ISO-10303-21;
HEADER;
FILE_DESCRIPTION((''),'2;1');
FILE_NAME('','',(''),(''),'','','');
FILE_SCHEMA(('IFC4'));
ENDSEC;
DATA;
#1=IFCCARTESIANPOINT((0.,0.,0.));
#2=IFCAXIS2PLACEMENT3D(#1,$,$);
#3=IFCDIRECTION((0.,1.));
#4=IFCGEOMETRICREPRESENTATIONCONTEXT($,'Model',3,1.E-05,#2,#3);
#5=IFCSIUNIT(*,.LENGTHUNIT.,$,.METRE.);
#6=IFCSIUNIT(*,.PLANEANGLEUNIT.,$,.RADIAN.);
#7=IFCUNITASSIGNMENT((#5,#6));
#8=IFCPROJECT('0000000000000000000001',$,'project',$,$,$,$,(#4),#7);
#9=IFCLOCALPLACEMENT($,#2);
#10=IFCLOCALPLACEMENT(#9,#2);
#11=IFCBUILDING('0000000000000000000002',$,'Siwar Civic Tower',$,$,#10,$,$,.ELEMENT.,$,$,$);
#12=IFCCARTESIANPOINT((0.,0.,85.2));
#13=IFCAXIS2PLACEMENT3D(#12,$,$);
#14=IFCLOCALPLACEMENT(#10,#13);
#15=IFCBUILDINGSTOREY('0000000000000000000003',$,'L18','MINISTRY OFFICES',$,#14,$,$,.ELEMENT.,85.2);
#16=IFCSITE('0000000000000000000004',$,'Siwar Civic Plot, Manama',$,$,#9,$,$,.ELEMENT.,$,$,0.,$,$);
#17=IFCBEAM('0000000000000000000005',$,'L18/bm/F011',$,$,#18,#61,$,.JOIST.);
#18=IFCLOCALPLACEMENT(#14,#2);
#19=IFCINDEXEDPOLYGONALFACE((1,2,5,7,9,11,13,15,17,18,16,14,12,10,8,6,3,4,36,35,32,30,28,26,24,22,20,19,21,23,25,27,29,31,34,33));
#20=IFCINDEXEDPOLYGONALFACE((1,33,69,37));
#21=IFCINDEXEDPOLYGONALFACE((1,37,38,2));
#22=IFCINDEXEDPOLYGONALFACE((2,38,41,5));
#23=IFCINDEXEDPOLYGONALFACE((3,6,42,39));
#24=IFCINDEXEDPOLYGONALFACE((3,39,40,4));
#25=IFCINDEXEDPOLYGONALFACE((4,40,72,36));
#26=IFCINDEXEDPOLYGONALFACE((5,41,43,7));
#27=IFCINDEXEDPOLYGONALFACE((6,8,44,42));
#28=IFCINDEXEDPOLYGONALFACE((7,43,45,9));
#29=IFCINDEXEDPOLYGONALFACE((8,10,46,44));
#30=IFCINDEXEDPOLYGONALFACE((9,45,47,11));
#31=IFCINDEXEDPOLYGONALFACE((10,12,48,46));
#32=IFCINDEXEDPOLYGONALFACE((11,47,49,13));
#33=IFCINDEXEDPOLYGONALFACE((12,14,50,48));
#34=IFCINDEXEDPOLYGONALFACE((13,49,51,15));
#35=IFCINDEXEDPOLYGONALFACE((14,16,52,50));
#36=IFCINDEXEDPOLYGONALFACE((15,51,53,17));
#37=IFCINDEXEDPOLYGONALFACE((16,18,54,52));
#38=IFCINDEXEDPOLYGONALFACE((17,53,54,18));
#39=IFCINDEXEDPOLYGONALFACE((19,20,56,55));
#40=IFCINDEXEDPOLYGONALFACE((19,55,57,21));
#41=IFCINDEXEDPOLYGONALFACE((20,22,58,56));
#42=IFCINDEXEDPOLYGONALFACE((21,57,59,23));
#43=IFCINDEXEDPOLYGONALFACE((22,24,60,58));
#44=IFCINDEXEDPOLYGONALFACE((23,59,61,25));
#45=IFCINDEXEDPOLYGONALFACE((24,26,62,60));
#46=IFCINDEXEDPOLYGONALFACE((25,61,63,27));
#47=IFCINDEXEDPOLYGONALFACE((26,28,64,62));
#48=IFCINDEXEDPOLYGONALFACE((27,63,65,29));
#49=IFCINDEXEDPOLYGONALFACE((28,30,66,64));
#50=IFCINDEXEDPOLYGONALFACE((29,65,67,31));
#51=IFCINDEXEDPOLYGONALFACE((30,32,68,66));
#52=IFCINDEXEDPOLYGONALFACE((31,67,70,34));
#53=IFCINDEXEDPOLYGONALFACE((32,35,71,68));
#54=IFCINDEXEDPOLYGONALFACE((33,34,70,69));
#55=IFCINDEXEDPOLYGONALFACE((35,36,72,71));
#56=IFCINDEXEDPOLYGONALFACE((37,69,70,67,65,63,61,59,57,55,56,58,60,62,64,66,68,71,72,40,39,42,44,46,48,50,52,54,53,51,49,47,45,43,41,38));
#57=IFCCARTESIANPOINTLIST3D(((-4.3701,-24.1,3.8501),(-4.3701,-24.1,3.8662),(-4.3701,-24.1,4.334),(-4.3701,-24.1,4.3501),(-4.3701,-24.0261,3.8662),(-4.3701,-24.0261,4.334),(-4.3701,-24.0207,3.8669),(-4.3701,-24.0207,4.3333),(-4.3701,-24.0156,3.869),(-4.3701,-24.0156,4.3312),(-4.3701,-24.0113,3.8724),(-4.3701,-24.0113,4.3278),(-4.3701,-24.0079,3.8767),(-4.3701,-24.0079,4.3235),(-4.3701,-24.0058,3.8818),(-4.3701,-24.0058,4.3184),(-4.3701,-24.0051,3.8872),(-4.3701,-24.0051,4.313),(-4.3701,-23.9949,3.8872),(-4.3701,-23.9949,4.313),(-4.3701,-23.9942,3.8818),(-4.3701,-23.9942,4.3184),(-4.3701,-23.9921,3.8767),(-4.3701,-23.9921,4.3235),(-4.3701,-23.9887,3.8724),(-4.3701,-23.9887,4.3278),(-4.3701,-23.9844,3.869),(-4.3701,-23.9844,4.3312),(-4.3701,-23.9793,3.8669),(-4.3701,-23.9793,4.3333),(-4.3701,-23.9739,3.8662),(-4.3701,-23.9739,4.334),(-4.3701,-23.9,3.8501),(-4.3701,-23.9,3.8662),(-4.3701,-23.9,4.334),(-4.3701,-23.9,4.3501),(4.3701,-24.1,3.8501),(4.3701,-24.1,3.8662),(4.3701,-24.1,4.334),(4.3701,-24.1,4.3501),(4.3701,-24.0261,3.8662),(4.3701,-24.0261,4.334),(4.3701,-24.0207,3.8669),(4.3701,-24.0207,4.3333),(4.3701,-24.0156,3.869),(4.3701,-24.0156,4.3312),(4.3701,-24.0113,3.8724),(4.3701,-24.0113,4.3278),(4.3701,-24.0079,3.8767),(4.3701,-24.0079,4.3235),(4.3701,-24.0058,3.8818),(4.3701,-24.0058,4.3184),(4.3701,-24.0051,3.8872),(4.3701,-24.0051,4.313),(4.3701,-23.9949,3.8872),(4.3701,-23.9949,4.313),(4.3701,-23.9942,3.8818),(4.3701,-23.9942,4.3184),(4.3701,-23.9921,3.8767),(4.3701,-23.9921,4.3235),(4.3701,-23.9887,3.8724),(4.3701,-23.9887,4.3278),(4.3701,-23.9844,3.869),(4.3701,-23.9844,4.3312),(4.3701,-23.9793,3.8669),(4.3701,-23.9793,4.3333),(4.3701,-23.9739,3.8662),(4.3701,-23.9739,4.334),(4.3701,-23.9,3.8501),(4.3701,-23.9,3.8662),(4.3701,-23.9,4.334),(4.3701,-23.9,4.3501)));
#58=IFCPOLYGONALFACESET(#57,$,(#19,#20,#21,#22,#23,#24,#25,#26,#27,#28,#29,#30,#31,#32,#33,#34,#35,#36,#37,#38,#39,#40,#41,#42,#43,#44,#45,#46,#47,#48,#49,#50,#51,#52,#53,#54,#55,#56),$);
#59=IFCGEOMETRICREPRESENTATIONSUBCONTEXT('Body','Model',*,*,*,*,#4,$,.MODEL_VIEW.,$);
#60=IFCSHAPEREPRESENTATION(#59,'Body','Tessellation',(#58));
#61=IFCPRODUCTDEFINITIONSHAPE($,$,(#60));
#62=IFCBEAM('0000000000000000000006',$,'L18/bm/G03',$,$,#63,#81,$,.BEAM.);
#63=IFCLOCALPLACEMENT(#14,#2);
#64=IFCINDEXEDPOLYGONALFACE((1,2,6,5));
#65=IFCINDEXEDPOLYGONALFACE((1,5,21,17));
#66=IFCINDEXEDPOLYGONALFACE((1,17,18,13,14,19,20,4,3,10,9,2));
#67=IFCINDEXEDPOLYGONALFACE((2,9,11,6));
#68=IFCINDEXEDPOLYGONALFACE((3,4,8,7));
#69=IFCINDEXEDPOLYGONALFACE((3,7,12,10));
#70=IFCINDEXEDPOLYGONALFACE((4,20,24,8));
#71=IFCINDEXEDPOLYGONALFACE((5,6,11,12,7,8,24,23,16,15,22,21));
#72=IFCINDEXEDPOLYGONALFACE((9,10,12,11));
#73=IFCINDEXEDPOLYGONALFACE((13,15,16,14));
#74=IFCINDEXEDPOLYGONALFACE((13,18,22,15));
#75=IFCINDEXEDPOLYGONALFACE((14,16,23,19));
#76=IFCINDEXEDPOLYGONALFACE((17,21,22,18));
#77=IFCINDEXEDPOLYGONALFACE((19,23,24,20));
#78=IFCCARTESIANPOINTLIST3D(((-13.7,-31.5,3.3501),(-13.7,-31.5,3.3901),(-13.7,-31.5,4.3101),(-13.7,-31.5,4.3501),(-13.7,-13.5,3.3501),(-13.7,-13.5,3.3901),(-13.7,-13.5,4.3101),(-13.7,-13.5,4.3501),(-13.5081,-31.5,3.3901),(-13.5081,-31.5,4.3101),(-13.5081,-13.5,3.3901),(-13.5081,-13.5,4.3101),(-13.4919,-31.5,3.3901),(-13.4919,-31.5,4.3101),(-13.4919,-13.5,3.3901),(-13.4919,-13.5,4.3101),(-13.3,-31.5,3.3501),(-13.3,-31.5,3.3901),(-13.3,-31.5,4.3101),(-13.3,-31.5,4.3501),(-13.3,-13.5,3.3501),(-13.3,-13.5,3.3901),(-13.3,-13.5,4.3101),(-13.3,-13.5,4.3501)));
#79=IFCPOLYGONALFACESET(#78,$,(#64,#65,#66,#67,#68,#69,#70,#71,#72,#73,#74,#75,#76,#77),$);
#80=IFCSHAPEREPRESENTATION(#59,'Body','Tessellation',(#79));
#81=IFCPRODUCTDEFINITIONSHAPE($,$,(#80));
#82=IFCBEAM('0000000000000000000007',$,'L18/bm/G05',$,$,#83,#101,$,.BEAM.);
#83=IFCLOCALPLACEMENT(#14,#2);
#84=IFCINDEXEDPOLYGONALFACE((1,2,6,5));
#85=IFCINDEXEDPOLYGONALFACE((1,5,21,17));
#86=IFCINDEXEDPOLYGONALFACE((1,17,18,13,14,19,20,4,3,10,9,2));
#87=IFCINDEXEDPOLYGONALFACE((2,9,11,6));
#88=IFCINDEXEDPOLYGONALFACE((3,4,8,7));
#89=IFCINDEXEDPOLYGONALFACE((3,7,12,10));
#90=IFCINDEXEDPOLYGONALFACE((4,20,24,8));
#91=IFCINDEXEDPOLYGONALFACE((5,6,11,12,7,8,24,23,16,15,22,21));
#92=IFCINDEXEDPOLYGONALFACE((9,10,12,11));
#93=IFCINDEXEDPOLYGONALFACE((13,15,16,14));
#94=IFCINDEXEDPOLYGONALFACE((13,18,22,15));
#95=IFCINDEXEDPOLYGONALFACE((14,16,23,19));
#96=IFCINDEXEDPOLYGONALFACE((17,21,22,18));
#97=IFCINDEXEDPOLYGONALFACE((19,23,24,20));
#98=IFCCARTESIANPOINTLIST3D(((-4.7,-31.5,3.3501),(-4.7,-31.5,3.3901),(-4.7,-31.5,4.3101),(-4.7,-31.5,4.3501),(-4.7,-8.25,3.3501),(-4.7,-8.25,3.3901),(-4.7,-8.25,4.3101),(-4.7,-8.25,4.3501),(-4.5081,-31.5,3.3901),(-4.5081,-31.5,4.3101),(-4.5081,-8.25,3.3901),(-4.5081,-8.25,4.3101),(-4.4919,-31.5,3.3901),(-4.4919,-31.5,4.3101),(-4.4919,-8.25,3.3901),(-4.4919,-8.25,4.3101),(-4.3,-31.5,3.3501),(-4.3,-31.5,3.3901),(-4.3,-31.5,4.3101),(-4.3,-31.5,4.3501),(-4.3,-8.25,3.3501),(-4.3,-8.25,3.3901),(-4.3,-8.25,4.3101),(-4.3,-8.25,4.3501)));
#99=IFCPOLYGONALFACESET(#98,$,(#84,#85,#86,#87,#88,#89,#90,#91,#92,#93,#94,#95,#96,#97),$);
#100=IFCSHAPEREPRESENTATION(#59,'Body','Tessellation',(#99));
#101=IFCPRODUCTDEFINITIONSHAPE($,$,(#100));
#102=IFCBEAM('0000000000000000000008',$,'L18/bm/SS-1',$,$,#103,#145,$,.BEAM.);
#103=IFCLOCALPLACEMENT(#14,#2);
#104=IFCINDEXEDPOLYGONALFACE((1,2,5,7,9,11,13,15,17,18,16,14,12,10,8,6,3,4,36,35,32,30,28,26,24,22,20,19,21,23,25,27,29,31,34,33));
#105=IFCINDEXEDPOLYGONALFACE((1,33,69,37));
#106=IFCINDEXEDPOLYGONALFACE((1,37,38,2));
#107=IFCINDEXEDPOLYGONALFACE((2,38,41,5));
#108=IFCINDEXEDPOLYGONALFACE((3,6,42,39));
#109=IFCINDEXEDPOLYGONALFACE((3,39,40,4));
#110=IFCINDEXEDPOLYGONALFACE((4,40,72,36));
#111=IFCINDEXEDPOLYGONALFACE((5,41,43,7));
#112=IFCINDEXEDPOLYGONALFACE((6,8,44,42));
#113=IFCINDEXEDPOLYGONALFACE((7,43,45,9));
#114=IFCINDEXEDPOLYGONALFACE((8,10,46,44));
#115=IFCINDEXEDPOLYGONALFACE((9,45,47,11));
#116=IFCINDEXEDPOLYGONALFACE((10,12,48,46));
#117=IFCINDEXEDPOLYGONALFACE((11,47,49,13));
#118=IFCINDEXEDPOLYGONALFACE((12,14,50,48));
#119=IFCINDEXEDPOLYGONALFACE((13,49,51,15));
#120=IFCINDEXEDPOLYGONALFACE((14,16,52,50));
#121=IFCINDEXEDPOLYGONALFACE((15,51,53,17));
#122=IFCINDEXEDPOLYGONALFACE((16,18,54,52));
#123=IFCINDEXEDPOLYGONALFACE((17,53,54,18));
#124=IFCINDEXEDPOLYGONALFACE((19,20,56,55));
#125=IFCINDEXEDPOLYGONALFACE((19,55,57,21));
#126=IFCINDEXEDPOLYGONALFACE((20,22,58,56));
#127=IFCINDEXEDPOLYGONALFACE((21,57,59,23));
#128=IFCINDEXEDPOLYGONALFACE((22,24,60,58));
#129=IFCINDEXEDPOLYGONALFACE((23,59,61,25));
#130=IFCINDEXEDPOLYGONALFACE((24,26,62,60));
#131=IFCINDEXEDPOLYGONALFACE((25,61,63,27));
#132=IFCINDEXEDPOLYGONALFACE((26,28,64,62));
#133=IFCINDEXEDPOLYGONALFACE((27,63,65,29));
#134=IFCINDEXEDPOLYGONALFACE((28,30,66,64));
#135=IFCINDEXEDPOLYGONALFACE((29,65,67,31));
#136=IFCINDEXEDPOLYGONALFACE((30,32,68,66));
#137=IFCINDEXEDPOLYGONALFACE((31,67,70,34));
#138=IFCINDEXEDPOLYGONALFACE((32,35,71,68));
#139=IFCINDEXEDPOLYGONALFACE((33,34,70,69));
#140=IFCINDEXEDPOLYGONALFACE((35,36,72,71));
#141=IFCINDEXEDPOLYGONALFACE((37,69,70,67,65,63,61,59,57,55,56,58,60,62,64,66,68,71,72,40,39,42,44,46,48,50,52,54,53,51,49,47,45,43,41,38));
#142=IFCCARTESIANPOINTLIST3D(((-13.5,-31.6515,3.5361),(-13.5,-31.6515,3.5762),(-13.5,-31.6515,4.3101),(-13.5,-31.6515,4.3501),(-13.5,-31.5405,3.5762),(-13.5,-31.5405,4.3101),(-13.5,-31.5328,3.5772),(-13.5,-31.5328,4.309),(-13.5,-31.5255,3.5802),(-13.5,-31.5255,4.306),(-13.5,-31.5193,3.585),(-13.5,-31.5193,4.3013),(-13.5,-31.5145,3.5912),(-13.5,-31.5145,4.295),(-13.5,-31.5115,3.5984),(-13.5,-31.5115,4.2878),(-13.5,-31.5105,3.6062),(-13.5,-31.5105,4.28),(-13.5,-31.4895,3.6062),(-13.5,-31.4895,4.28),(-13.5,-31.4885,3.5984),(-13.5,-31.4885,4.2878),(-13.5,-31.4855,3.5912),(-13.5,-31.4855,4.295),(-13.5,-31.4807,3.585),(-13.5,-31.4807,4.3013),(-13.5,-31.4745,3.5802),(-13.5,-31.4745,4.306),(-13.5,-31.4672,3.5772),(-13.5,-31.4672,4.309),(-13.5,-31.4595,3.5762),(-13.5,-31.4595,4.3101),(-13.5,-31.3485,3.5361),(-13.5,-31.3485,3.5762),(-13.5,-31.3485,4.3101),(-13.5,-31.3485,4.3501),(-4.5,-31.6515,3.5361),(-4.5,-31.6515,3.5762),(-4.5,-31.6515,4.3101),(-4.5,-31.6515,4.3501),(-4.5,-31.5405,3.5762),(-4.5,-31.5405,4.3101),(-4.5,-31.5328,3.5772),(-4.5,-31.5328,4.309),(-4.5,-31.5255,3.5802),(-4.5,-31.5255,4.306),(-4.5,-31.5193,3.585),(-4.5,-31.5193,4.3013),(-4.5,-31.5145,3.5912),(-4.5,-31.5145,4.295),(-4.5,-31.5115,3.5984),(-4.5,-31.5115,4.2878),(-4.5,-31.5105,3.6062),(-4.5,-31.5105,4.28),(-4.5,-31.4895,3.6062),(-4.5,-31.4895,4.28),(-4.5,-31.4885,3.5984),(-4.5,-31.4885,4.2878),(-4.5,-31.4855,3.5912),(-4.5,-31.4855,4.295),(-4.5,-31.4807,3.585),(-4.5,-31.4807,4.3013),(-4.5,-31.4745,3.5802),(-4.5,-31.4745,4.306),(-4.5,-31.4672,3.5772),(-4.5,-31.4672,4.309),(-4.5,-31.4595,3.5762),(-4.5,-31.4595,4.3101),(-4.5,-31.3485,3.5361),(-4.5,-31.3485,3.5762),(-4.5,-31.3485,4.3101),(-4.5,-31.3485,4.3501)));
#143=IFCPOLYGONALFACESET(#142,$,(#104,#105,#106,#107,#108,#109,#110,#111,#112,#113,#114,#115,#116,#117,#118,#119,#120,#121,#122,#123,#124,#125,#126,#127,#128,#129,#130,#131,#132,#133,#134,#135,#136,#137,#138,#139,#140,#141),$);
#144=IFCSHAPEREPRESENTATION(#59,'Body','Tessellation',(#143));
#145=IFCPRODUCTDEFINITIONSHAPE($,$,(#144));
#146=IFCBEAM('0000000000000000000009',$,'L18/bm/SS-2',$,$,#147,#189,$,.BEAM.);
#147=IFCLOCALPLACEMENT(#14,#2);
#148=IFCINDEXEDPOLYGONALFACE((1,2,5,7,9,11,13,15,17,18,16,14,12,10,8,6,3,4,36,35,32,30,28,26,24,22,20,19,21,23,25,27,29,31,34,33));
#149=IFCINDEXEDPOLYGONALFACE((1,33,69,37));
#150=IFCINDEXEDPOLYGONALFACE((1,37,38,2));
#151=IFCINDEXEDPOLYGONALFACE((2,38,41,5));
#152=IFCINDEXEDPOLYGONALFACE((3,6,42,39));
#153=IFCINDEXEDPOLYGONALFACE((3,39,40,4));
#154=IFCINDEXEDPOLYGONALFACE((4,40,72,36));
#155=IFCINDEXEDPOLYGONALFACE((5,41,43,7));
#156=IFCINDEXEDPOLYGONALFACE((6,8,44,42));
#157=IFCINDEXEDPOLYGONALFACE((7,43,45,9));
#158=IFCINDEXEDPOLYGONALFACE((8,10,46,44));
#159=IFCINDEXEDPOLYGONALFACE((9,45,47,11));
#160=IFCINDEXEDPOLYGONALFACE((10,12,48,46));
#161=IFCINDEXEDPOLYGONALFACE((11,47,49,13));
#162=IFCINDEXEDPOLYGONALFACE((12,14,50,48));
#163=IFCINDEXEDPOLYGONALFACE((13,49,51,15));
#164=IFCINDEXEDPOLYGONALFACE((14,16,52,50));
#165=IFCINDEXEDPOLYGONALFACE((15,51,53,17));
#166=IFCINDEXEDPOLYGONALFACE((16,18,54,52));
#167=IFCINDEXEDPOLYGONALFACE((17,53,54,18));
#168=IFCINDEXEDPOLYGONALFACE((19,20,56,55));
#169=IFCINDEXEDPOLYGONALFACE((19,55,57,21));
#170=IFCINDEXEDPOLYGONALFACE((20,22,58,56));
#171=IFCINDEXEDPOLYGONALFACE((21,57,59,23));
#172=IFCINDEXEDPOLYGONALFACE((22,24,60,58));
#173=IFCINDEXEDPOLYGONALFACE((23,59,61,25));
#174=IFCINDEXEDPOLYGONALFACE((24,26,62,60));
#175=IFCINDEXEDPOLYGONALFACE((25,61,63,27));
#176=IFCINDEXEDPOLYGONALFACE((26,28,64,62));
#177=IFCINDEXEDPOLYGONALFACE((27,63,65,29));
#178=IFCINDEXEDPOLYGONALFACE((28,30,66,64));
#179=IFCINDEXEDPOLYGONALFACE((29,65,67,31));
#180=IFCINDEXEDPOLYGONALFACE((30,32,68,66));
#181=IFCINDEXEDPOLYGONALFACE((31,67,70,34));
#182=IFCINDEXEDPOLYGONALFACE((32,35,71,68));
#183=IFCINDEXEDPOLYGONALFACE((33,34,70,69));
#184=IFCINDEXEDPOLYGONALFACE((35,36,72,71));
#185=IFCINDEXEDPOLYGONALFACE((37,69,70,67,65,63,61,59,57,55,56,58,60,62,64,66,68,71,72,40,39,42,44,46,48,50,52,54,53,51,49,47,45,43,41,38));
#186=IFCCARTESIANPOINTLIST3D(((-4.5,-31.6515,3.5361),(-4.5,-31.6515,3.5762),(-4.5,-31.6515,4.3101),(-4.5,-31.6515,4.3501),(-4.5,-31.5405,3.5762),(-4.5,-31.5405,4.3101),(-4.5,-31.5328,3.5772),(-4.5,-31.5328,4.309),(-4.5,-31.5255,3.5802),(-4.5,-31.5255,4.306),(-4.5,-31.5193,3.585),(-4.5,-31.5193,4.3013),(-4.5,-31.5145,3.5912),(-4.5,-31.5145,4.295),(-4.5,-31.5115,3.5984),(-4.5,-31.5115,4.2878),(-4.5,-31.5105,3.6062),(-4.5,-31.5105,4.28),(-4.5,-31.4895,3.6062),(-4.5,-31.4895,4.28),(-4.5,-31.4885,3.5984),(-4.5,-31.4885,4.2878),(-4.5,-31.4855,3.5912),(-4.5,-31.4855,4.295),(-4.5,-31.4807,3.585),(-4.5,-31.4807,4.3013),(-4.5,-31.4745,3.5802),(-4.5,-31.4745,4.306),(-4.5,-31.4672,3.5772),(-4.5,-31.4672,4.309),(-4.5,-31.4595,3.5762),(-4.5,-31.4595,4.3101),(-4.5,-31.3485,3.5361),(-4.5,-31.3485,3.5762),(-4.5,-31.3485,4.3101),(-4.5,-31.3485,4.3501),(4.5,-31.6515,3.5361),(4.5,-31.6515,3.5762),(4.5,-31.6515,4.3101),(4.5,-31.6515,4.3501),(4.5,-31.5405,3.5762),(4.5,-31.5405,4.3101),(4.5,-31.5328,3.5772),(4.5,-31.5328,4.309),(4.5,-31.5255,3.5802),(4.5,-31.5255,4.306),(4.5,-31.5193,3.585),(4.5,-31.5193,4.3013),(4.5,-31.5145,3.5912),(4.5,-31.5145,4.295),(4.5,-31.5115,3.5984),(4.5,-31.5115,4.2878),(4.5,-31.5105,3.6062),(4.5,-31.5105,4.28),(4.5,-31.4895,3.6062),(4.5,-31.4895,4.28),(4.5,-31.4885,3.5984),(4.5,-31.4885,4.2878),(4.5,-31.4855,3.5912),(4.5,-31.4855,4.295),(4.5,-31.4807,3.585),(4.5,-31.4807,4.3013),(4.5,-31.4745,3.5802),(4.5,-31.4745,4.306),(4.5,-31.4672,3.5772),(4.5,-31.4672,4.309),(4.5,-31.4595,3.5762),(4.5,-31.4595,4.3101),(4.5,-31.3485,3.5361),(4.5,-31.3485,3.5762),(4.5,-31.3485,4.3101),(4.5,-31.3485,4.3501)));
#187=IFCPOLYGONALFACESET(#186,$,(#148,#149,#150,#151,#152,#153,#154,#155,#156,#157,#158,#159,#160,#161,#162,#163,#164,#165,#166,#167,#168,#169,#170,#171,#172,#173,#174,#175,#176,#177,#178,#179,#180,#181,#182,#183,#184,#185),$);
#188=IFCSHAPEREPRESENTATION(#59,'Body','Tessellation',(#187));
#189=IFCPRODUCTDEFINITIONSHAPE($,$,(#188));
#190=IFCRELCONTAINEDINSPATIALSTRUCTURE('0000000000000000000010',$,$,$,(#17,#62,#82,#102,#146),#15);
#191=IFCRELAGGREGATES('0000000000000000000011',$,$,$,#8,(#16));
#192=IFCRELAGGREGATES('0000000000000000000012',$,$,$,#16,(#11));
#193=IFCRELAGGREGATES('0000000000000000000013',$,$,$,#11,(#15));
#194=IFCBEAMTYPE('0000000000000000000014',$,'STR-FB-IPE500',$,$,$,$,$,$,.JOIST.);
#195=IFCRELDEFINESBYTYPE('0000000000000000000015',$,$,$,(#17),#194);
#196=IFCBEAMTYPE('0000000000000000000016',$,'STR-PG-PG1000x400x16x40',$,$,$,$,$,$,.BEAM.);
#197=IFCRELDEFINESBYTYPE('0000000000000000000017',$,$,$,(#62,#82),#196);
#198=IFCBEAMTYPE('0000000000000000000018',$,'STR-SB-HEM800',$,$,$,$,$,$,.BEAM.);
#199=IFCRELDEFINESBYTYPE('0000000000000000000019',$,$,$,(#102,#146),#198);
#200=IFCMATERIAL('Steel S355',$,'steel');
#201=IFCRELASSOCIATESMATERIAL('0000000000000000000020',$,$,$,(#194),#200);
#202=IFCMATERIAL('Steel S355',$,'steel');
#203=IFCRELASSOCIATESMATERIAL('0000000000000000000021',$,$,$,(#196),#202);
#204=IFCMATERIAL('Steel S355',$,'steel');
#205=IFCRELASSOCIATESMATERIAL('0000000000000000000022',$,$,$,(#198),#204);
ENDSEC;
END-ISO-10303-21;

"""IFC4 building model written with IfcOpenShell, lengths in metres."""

from ifc_helpers import new_model, si_unit, direction, frame, origin, origin_2d, place, context, subcontext, project, spatial, i_section, extrude, material, material_profile, profile_set, type_object, element, save


model = new_model("IFC4")

# Units and contexts
model_context = context("Model", 3, precision=1e-05, world=origin(), true_north=direction((0.0, 1.0)))
body_context = subcontext(model_context, "Body", "Model", "MODEL_VIEW")
ifc_project = project(units=[si_unit("LENGTHUNIT", "METRE"), si_unit("PLANEANGLEUNIT", "RADIAN")], contexts=[model_context])

# Site, building, storey
site_placement = place(None, origin())
site = spatial("IfcSite", under=ifc_project, at=site_placement, Name="Siwar Civic Plot, Manama", CompositionType="ELEMENT", RefElevation=0.0)
building_placement = place(site_placement, origin())
building = spatial("IfcBuilding", under=site, at=building_placement, Name="Siwar Civic Tower", CompositionType="ELEMENT")
storey_placement = place(building_placement, frame((0.0, 0.0, 85.2)))
storey = spatial("IfcBuildingStorey", under=building, at=storey_placement, Name="L18", Description="MINISTRY OFFICES", CompositionType="ELEMENT", Elevation=85.2)

# Beams
ifc_material_1 = material(Name="Steel S355", Category="steel")
ifc_material_profile_1 = material_profile(ifc_material_1, i_section(OverallWidth=0.2, OverallDepth=0.5, WebThickness=0.0103, FlangeThickness=0.0161, FilletRadius=0.021, at=origin_2d()), Name="IPE500")
ifc_profile_set_1 = profile_set([ifc_material_profile_1], Name="Steel S355")
beam_type_1 = type_object("IfcBeamType", Name="STR-FB-IPE500", PredefinedType="JOIST", material=ifc_profile_set_1)
for number, where, z_axis, x_axis, name in (
    (1, (-4.3701, -24.0, 4.1001), (1.0, 0.0, 0.0), (0.0, 1.0, 0.0), "L18/bm/F011"),
):
    element("IfcBeam", number, at=place(storey_placement, frame(where, z_axis=z_axis, x_axis=x_axis)), inside=storey, type_object=beam_type_1, Name=name, PredefinedType="JOIST", context=body_context, shape_type="SweptSolid", body=[
        extrude(i_section(OverallWidth=0.2, OverallDepth=0.5, WebThickness=0.0103, FlangeThickness=0.0161, FilletRadius=0.021, at=origin_2d()), origin(), (0.0, 0.0, 1.0), 8.7402),
    ])
ifc_material_2 = material(Name="Steel S355", Category="steel")
ifc_material_profile_2 = material_profile(ifc_material_2, i_section(OverallWidth=0.3999, OverallDepth=1.0, WebThickness=0.0161, FlangeThickness=0.04, at=origin_2d()), Name="PG1000x400x16x40")
ifc_profile_set_2 = profile_set([ifc_material_profile_2], Name="Steel S355")
beam_type_2 = type_object("IfcBeamType", Name="STR-PG-PG1000x400x16x40", PredefinedType="BEAM", material=ifc_profile_set_2)
beam_1_placement = place(storey_placement, frame((-13.5, -31.5, 3.8501), z_axis=(0.0, 1.0, 0.0), x_axis=(-1.0, 0.0, 0.0)))
element("IfcBeam", 2, at=beam_1_placement, inside=storey, type_object=beam_type_2, Name="L18/bm/G03", PredefinedType="BEAM", context=body_context, shape_type="SweptSolid", body=[
    extrude(i_section(OverallWidth=0.3999, OverallDepth=1.0, WebThickness=0.0161, FlangeThickness=0.04, at=origin_2d()), origin(), (0.0, 0.0, 1.0), 18.0),
])
beam_2_placement = place(storey_placement, frame((-4.5, -31.5, 3.8501), z_axis=(0.0, 1.0, 0.0), x_axis=(-1.0, 0.0, 0.0)))
element("IfcBeam", 3, at=beam_2_placement, inside=storey, type_object=beam_type_2, Name="L18/bm/G05", PredefinedType="BEAM", context=body_context, shape_type="SweptSolid", body=[
    extrude(i_section(OverallWidth=0.3999, OverallDepth=1.0, WebThickness=0.0161, FlangeThickness=0.04, at=origin_2d()), origin(), (0.0, 0.0, 1.0), 23.25),
])
ifc_material_3 = material(Name="Steel S355", Category="steel")
ifc_material_profile_3 = material_profile(ifc_material_3, i_section(OverallWidth=0.303, OverallDepth=0.814, WebThickness=0.021, FlangeThickness=0.04, FilletRadius=0.03, at=origin_2d()), Name="HEM800")
ifc_profile_set_3 = profile_set([ifc_material_profile_3], Name="Steel S355")
beam_type_3 = type_object("IfcBeamType", Name="STR-SB-HEM800", PredefinedType="BEAM", material=ifc_profile_set_3)
for number, where, z_axis, x_axis, name in (
    (4, (-13.5, -31.5, 3.9431), (1.0, 0.0, 0.0), (0.0, 1.0, 0.0), "L18/bm/SS-1"),
    (5, (-4.5, -31.5, 3.9431), (1.0, 0.0, 0.0), (0.0, 1.0, 0.0), "L18/bm/SS-2"),
):
    element("IfcBeam", number, at=place(storey_placement, frame(where, z_axis=z_axis, x_axis=x_axis)), inside=storey, type_object=beam_type_3, Name=name, PredefinedType="BEAM", context=body_context, shape_type="SweptSolid", body=[
        extrude(i_section(OverallWidth=0.303, OverallDepth=0.814, WebThickness=0.021, FlangeThickness=0.04, FilletRadius=0.03, at=origin_2d()), origin(), (0.0, 0.0, 1.0), 9.0),
    ])

save(model, "model.ifc")
